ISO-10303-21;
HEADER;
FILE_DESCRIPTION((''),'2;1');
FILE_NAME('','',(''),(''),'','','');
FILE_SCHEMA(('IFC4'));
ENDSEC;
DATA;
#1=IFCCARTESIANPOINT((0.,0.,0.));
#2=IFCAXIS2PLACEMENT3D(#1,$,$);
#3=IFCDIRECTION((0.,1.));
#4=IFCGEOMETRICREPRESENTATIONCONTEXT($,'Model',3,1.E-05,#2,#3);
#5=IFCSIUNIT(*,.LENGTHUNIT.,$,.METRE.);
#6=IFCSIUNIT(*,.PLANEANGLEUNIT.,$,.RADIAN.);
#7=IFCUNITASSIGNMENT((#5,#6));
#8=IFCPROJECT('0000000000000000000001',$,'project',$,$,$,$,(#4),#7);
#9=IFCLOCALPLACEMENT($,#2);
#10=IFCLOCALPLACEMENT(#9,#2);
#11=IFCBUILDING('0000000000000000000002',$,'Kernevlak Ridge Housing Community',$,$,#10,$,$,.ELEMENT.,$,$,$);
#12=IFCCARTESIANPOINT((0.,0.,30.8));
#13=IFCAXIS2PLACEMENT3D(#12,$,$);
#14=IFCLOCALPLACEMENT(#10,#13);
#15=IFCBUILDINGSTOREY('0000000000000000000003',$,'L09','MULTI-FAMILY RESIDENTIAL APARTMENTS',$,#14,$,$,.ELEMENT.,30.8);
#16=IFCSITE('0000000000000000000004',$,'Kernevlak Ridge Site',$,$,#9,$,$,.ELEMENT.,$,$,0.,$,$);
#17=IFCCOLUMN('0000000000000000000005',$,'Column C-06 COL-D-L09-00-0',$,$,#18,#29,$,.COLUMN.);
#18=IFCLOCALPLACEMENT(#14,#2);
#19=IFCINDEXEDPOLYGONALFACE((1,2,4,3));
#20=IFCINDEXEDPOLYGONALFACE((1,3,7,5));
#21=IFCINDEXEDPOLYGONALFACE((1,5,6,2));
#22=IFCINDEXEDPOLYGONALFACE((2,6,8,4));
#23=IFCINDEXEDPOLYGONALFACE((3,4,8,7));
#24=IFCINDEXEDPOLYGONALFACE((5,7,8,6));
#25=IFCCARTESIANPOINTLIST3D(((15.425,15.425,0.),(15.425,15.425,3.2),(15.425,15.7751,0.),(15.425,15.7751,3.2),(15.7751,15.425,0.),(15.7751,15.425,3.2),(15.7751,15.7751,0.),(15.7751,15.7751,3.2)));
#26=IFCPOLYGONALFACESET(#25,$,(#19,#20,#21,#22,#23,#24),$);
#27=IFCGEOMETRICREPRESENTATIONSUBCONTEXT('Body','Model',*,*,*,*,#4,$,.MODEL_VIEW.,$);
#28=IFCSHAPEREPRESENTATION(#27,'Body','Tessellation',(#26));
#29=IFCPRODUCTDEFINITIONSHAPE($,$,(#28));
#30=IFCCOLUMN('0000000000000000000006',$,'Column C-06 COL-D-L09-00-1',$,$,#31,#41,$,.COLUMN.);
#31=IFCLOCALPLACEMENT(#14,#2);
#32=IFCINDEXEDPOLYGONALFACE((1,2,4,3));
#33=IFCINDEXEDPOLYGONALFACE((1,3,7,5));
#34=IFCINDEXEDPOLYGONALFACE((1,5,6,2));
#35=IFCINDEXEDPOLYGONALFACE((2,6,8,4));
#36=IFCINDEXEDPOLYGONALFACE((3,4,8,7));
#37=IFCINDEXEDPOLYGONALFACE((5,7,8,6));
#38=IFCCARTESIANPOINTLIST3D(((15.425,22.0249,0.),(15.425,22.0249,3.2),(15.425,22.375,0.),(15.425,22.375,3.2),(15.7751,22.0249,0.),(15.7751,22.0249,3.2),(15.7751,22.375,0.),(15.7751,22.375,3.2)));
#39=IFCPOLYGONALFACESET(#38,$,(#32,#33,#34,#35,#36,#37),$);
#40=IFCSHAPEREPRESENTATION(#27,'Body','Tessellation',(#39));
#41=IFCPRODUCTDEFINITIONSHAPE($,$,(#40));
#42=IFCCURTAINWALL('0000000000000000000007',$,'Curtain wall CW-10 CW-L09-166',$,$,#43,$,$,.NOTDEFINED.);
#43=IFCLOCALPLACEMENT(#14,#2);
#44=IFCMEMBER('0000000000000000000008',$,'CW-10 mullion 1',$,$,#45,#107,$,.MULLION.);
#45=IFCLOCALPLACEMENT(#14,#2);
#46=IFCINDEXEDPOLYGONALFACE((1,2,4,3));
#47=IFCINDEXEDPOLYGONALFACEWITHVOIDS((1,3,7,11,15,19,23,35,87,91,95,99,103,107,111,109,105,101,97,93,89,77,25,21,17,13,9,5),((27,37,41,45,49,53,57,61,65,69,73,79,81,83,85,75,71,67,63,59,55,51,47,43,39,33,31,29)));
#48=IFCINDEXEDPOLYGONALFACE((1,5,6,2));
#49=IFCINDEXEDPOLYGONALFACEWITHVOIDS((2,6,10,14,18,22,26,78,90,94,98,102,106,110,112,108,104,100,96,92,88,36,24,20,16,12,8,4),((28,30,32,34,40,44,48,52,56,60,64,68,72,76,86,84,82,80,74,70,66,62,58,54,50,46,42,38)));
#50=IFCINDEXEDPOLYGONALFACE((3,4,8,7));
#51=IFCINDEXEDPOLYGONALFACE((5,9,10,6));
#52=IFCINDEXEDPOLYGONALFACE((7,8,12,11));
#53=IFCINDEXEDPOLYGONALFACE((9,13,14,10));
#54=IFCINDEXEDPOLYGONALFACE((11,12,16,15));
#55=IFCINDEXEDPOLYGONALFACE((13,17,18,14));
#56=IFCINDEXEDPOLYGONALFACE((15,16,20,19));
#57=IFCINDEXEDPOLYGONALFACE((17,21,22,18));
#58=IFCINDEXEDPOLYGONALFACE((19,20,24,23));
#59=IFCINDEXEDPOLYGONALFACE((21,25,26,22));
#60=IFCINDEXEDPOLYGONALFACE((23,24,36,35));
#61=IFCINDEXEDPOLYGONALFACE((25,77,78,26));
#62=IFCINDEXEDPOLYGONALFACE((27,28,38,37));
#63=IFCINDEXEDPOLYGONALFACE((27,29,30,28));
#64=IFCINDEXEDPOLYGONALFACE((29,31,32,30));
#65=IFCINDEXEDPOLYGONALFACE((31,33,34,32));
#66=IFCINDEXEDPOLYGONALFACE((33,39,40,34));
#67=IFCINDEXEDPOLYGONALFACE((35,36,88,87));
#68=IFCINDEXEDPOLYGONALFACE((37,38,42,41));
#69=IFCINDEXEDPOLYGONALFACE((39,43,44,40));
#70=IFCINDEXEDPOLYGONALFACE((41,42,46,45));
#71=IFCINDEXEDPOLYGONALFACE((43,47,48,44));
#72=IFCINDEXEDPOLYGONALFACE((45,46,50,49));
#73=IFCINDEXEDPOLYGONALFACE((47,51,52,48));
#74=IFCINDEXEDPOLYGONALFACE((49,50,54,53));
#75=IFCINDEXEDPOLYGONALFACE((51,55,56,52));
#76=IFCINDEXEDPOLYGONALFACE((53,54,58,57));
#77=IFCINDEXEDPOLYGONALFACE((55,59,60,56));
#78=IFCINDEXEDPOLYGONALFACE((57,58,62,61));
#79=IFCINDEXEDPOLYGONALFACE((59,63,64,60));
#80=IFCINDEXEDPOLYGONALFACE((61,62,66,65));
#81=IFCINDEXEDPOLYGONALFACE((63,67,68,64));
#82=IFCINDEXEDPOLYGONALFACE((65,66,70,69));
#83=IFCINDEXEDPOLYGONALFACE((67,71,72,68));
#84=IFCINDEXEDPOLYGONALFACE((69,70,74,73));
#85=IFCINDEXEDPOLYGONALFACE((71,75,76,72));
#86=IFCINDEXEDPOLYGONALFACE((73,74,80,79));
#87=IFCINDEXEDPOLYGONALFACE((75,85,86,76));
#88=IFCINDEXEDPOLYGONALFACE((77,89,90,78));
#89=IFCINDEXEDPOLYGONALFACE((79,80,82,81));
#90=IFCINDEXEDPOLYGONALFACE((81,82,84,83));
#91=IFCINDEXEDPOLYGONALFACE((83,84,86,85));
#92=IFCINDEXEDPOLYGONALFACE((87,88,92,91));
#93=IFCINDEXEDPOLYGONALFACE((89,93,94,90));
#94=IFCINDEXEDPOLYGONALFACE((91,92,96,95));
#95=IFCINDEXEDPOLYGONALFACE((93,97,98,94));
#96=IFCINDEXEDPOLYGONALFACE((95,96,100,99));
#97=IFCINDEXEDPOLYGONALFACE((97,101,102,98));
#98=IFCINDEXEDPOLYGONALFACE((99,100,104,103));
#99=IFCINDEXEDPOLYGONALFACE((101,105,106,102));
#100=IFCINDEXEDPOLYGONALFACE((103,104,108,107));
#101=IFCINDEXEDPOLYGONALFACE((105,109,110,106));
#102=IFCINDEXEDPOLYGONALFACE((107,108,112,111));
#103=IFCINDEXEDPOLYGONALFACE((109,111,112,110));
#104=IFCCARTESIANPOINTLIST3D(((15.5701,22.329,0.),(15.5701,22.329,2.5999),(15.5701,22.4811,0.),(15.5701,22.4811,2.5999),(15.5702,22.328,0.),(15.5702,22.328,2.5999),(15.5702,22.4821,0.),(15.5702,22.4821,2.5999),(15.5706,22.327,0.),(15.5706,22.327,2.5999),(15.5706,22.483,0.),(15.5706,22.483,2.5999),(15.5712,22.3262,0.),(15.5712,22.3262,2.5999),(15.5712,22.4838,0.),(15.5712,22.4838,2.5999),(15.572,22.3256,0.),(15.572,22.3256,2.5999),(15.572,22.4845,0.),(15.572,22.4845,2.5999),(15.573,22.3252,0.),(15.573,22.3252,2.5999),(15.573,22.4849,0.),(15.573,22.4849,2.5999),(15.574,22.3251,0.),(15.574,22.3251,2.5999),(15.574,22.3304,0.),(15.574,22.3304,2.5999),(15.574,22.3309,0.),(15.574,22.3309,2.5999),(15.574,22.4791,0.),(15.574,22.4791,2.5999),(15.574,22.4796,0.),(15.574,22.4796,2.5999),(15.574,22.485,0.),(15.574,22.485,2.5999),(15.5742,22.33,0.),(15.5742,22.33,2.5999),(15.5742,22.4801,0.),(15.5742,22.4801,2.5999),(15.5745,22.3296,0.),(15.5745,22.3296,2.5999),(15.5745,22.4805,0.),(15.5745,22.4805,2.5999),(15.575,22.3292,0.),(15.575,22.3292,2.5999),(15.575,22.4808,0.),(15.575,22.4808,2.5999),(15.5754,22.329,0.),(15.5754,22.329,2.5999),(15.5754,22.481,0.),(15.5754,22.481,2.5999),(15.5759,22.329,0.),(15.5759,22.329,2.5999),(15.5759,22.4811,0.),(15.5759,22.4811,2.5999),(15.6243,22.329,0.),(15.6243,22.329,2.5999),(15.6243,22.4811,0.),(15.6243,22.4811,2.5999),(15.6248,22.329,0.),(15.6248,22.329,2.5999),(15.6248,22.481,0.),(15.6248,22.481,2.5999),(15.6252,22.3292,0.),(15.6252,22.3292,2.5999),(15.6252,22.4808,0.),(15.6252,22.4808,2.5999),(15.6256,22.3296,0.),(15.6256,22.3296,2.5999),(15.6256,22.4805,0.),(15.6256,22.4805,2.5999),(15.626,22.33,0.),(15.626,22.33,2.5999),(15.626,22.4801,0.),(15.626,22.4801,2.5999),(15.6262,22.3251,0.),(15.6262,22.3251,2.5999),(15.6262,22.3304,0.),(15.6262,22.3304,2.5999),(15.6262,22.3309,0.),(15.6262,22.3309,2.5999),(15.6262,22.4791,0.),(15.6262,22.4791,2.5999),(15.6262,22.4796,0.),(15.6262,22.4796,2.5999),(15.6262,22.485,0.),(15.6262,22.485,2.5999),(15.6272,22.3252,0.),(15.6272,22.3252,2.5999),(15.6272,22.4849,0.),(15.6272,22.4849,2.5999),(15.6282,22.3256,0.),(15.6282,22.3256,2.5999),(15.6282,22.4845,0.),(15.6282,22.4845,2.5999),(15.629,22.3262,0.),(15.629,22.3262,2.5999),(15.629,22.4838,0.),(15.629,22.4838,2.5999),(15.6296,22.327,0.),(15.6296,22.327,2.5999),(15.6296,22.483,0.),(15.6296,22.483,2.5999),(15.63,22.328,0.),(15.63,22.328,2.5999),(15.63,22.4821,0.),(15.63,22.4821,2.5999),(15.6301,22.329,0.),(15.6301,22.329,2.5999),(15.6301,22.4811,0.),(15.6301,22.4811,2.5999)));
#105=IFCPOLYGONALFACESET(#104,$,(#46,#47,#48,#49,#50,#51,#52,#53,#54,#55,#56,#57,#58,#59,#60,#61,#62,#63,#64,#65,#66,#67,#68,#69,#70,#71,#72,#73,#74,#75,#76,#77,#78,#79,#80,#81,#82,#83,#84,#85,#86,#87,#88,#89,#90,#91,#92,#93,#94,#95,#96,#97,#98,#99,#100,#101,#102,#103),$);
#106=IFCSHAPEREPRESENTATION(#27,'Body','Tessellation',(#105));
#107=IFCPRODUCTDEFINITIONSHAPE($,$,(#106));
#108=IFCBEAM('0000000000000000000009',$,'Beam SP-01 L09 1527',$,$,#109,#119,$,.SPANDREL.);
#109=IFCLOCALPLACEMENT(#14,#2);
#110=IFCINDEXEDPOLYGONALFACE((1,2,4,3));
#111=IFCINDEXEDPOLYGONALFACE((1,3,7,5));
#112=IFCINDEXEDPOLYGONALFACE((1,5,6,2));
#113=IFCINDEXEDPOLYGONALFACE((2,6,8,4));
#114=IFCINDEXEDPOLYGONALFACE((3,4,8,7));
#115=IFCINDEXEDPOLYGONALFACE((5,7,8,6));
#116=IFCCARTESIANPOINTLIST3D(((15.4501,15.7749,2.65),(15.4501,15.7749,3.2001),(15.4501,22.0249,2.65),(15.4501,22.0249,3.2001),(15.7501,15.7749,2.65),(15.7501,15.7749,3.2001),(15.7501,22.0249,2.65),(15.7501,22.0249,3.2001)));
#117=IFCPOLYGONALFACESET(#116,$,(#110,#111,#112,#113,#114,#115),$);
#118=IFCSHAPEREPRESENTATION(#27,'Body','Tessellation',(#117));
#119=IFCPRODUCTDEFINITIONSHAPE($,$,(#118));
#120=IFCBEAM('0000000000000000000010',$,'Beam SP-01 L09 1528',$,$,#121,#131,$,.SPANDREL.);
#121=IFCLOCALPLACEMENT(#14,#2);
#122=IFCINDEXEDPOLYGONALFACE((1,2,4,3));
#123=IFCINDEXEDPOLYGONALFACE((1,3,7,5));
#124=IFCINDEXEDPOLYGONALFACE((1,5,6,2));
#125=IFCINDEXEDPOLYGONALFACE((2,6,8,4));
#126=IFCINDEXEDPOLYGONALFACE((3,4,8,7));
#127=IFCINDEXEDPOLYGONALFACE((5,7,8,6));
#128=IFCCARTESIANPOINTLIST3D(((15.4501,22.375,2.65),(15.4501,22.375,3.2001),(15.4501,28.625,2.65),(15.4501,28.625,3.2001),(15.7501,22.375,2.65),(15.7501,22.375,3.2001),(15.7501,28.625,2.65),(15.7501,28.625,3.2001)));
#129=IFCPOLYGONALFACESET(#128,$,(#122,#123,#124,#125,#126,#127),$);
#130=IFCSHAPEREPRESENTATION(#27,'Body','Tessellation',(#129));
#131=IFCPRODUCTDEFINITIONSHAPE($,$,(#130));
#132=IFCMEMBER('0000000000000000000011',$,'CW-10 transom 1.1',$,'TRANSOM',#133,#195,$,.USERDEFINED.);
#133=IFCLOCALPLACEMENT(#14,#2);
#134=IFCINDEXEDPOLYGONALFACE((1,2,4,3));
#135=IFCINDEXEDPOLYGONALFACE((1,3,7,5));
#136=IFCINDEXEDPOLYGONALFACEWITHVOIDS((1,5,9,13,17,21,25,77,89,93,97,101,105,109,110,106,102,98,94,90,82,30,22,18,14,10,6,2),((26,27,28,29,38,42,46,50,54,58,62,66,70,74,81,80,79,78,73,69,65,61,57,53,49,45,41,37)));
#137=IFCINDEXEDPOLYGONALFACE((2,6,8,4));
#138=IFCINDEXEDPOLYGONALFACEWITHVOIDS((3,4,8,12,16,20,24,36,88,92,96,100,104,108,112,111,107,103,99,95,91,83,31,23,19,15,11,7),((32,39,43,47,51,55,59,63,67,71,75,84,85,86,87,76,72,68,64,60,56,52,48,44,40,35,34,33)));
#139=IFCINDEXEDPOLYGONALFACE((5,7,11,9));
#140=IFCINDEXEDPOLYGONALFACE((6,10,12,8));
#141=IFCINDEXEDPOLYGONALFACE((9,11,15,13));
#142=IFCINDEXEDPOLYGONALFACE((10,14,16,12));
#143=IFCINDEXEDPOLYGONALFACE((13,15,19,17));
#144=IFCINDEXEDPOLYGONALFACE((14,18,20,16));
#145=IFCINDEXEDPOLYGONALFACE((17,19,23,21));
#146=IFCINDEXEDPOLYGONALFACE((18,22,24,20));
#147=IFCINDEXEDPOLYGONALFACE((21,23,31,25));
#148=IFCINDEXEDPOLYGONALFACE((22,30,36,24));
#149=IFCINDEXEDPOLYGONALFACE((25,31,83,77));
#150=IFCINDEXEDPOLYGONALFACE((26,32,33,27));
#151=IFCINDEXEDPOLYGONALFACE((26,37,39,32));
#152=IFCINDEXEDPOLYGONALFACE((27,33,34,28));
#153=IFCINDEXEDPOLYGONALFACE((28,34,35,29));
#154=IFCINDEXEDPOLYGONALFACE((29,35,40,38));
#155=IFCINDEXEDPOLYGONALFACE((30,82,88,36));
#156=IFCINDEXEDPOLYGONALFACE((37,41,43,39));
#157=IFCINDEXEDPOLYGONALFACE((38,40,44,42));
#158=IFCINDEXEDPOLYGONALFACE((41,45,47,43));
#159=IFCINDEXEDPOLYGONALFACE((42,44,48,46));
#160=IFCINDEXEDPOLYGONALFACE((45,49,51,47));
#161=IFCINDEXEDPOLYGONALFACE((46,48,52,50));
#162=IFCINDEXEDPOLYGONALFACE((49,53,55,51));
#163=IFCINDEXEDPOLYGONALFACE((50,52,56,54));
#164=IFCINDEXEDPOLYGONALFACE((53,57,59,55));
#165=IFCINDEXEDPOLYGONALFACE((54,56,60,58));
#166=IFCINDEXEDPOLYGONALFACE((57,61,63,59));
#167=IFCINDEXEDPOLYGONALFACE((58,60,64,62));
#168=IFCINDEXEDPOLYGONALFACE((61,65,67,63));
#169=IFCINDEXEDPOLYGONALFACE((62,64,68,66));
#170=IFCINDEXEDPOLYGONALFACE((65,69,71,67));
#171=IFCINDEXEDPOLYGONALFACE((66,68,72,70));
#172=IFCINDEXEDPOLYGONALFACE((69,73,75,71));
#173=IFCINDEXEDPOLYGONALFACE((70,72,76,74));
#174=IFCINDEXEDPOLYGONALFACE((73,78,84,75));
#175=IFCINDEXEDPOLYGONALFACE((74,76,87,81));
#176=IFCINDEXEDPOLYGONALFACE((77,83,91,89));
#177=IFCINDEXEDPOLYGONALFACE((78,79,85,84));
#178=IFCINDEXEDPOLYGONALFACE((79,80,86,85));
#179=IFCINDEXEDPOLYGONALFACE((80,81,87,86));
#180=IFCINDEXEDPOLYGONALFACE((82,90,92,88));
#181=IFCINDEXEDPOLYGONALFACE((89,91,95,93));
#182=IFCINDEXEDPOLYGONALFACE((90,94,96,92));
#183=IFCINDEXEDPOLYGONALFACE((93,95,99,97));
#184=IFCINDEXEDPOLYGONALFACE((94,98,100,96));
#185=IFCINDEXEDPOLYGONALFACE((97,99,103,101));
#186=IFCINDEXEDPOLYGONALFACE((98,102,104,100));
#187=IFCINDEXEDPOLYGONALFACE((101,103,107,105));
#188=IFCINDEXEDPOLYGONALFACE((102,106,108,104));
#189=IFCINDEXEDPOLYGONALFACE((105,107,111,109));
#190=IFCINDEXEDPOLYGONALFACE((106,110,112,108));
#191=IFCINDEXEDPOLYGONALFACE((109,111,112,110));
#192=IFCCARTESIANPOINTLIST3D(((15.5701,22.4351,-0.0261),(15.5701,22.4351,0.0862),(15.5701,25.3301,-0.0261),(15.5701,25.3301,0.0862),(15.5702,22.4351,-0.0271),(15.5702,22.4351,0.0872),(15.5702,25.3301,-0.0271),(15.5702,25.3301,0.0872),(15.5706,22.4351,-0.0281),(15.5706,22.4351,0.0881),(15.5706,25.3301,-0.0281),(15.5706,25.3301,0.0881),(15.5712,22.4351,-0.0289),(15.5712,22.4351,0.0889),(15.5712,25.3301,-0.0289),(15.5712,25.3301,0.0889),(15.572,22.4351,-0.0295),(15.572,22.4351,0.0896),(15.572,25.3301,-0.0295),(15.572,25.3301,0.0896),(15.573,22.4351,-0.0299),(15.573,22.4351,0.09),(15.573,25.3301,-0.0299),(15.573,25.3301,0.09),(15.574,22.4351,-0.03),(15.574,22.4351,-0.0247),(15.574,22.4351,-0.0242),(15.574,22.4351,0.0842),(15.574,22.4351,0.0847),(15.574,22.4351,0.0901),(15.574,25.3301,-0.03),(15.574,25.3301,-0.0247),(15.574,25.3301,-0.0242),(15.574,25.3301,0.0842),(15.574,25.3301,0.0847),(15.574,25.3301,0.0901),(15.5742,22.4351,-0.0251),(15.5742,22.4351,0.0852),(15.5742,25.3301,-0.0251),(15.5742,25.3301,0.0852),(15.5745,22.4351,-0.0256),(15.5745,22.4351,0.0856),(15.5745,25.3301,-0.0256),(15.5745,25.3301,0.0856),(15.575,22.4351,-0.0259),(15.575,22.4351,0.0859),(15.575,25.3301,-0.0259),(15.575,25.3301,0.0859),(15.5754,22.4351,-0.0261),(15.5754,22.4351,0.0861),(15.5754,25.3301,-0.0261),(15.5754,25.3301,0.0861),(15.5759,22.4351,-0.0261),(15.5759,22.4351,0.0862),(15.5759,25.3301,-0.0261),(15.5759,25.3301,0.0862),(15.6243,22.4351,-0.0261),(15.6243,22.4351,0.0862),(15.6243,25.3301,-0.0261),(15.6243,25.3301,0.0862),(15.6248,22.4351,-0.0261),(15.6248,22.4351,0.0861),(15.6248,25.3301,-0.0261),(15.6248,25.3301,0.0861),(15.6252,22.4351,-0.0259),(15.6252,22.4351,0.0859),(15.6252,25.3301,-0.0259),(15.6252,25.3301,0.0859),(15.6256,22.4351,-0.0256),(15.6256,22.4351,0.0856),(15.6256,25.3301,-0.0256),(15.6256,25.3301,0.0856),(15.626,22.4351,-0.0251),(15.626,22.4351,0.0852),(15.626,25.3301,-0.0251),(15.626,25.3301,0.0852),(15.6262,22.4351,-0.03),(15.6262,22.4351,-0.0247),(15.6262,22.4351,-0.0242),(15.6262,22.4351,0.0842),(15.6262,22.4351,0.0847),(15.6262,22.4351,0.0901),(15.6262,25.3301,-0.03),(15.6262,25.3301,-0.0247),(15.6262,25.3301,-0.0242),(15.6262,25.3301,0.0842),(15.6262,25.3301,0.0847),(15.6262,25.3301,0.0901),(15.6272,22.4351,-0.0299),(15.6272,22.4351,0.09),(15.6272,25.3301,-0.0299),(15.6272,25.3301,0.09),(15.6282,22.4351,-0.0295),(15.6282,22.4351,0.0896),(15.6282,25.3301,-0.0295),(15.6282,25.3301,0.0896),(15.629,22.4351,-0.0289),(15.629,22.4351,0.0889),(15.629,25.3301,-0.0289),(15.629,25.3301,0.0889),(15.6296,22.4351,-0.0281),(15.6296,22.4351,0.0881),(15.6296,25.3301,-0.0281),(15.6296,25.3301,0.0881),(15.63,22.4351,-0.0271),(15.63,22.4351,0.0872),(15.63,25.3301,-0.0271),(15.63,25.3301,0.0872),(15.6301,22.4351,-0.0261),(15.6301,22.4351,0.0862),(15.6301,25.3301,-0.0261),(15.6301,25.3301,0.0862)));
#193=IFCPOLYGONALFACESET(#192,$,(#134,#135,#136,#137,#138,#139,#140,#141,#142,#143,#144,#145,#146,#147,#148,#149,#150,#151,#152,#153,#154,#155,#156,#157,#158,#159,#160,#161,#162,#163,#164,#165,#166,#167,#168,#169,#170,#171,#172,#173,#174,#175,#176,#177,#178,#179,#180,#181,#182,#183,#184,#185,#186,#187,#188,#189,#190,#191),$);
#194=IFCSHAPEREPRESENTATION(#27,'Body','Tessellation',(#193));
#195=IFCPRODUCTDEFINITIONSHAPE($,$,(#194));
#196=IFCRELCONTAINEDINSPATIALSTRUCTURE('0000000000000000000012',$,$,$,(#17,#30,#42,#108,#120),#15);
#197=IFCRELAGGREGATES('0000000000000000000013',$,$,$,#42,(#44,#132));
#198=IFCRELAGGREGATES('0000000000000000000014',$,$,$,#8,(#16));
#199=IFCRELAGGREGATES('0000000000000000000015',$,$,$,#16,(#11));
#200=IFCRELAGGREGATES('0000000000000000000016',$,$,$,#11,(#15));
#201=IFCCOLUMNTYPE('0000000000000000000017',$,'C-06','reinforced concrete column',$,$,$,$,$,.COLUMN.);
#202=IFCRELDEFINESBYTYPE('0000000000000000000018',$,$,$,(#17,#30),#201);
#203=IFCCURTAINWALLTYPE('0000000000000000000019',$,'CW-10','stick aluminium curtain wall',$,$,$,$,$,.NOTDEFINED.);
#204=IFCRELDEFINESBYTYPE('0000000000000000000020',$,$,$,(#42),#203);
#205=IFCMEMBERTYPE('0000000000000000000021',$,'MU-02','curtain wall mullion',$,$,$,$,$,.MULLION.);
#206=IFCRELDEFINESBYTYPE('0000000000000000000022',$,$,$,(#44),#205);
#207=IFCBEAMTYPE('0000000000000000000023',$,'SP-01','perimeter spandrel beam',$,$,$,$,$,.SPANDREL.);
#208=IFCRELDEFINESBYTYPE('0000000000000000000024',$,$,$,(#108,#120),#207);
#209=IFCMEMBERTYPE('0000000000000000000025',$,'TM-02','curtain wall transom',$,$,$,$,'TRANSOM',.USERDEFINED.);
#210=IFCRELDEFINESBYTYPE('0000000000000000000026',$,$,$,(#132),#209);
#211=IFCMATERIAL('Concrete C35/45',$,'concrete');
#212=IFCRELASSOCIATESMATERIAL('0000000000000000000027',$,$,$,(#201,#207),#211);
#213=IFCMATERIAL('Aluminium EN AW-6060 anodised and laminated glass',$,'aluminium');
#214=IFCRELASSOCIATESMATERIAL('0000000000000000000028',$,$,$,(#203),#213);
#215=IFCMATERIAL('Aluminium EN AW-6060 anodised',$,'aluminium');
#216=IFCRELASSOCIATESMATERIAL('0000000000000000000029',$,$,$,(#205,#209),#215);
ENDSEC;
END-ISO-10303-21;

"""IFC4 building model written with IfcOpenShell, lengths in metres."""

from ifc_helpers import new_model, si_unit, direction, frame, origin, origin_2d, place, context, subcontext, project, spatial, rectangle, hollow_rectangle, extrude, material, material_profile, profile_set, type_object, element, aggregate, save


model = new_model("IFC4")

# Units and contexts
model_context = context("Model", 3, precision=1e-05, world=origin(), true_north=direction((0.0, 1.0)))
body_context = subcontext(model_context, "Body", "Model", "MODEL_VIEW")
ifc_project = project(units=[si_unit("LENGTHUNIT", "METRE"), si_unit("PLANEANGLEUNIT", "RADIAN")], contexts=[model_context])

# Site, building, storey
site_placement = place(None, origin())
site = spatial("IfcSite", under=ifc_project, at=site_placement, Name="Kernevlak Ridge Site", CompositionType="ELEMENT", RefElevation=0.0)
building_placement = place(site_placement, origin())
building = spatial("IfcBuilding", under=site, at=building_placement, Name="Kernevlak Ridge Housing Community", CompositionType="ELEMENT")
storey_placement = place(building_placement, frame((0.0, 0.0, 30.8)))
storey = spatial("IfcBuildingStorey", under=building, at=storey_placement, Name="L09", Description="MULTI-FAMILY RESIDENTIAL APARTMENTS", CompositionType="ELEMENT", Elevation=30.8)

# Columns
ifc_material_1 = material(Name="Concrete C35/45", Category="concrete")
ifc_material_profile_1 = material_profile(ifc_material_1, rectangle(XDim=0.3501, YDim=0.3501, at=origin_2d()), Name="RC 350x350")
ifc_profile_set_1 = profile_set([ifc_material_profile_1], Name="Concrete C35/45")
column_type = type_object("IfcColumnType", Name="C-06", Description="reinforced concrete column", PredefinedType="COLUMN", material=ifc_profile_set_1)
for number, where, z_axis, x_axis, name in (
    (1, (15.6001, 15.6001, 0.0), (0.0, 0.0, 1.0), (1.0, 0.0, 0.0), "Column C-06 COL-D-L09-00-0"),
    (2, (15.6001, 22.2, 0.0), (0.0, 0.0, 1.0), (1.0, 0.0, 0.0), "Column C-06 COL-D-L09-00-1"),
):
    element("IfcColumn", number, at=place(storey_placement, frame(where, z_axis=z_axis, x_axis=x_axis)), inside=storey, type_object=column_type, Name=name, PredefinedType="COLUMN", context=body_context, shape_type="SweptSolid", body=[
        extrude(rectangle(XDim=0.3501, YDim=0.3501, at=origin_2d()), origin(), (0.0, 0.0, 1.0), 3.2),
    ])

# Curtain wall, member
ifc_material_2 = material(Name="Aluminium EN AW-6060 anodised and laminated glass", Category="aluminium")
curtain_wall_type = type_object("IfcCurtainWallType", Name="CW-10", Description="stick aluminium curtain wall", PredefinedType="NOTDEFINED", material=ifc_material_2)
curtain_wall_placement = place(storey_placement, origin())
curtain_wall = element("IfcCurtainWall", 3, at=curtain_wall_placement, inside=storey, type_object=curtain_wall_type, Name="Curtain wall CW-10 CW-L09-166", PredefinedType="NOTDEFINED")
ifc_material_3 = material(Name="Aluminium EN AW-6060 anodised", Category="aluminium")
ifc_material_profile_2 = material_profile(ifc_material_3, hollow_rectangle(XDim=0.0601, YDim=0.1599, WallThickness=0.0039, InnerFilletRadius=0.002, OuterFilletRadius=0.0039, at=origin_2d()), Name="ALU 60x160x4")
ifc_profile_set_2 = profile_set([ifc_material_profile_2], Name="Aluminium EN AW-6060 anodised")
member_type_1 = type_object("IfcMemberType", Name="MU-02", Description="curtain wall mullion", PredefinedType="MULLION", material=ifc_profile_set_2)
member_1_placement = place(storey_placement, frame((15.6001, 22.405, 0.0), z_axis=(0.0, 0.0, 1.0), x_axis=(-1.0, 0.0, 0.0)))
member_1 = element("IfcMember", 4, at=member_1_placement, type_object=member_type_1, Name="CW-10 mullion 1", PredefinedType="MULLION", context=body_context, shape_type="SweptSolid", body=[
    extrude(hollow_rectangle(XDim=0.0601, YDim=0.1599, WallThickness=0.0039, InnerFilletRadius=0.002, OuterFilletRadius=0.0039, at=origin_2d()), origin(), (0.0, 0.0, 1.0), 2.5999),
])

# Beams
ifc_material_profile_3 = material_profile(ifc_material_1, rectangle(XDim=0.3, YDim=0.55, at=origin_2d()), Name="RC 300x550")
ifc_profile_set_3 = profile_set([ifc_material_profile_3], Name="Concrete C35/45")
beam_type = type_object("IfcBeamType", Name="SP-01", Description="perimeter spandrel beam", PredefinedType="SPANDREL", material=ifc_profile_set_3)
for number, where, z_axis, x_axis, name in (
    (5, (15.6001, 15.7749, 2.925), (0.0, 1.0, 0.0), (-1.0, 0.0, 0.0), "Beam SP-01 L09 1527"),
    (6, (15.6001, 22.375, 2.925), (0.0, 1.0, 0.0), (-1.0, 0.0, 0.0), "Beam SP-01 L09 1528"),
):
    element("IfcBeam", number, at=place(storey_placement, frame(where, z_axis=z_axis, x_axis=x_axis)), inside=storey, type_object=beam_type, Name=name, PredefinedType="SPANDREL", context=body_context, shape_type="SweptSolid", body=[
        extrude(rectangle(XDim=0.3, YDim=0.55, at=origin_2d()), origin(), (0.0, 0.0, 1.0), 6.25),
    ])

# Member
ifc_material_profile_4 = material_profile(ifc_material_3, hollow_rectangle(XDim=0.0601, YDim=0.1201, WallThickness=0.0039, InnerFilletRadius=0.002, OuterFilletRadius=0.0039, at=origin_2d()), Name="ALU 60x120x4")
ifc_profile_set_4 = profile_set([ifc_material_profile_4], Name="Aluminium EN AW-6060 anodised")
member_type_2 = type_object("IfcMemberType", Name="TM-02", Description="curtain wall transom", ElementType="TRANSOM", PredefinedType="USERDEFINED", material=ifc_profile_set_4)
member_2_placement = place(storey_placement, frame((15.6001, 22.4351, 0.03), z_axis=(0.0, 1.0, 0.0), x_axis=(-1.0, 0.0, 0.0)))
member_2 = element("IfcMember", 7, at=member_2_placement, type_object=member_type_2, Name="CW-10 transom 1.1", ObjectType="TRANSOM", PredefinedType="USERDEFINED", context=body_context, shape_type="SweptSolid", body=[
    extrude(hollow_rectangle(XDim=0.0601, YDim=0.1201, WallThickness=0.0039, InnerFilletRadius=0.002, OuterFilletRadius=0.0039, at=origin_2d()), origin(), (0.0, 0.0, 1.0), 2.895),
])
aggregate(curtain_wall, [member_1, member_2])

save(model, "model.ifc")
